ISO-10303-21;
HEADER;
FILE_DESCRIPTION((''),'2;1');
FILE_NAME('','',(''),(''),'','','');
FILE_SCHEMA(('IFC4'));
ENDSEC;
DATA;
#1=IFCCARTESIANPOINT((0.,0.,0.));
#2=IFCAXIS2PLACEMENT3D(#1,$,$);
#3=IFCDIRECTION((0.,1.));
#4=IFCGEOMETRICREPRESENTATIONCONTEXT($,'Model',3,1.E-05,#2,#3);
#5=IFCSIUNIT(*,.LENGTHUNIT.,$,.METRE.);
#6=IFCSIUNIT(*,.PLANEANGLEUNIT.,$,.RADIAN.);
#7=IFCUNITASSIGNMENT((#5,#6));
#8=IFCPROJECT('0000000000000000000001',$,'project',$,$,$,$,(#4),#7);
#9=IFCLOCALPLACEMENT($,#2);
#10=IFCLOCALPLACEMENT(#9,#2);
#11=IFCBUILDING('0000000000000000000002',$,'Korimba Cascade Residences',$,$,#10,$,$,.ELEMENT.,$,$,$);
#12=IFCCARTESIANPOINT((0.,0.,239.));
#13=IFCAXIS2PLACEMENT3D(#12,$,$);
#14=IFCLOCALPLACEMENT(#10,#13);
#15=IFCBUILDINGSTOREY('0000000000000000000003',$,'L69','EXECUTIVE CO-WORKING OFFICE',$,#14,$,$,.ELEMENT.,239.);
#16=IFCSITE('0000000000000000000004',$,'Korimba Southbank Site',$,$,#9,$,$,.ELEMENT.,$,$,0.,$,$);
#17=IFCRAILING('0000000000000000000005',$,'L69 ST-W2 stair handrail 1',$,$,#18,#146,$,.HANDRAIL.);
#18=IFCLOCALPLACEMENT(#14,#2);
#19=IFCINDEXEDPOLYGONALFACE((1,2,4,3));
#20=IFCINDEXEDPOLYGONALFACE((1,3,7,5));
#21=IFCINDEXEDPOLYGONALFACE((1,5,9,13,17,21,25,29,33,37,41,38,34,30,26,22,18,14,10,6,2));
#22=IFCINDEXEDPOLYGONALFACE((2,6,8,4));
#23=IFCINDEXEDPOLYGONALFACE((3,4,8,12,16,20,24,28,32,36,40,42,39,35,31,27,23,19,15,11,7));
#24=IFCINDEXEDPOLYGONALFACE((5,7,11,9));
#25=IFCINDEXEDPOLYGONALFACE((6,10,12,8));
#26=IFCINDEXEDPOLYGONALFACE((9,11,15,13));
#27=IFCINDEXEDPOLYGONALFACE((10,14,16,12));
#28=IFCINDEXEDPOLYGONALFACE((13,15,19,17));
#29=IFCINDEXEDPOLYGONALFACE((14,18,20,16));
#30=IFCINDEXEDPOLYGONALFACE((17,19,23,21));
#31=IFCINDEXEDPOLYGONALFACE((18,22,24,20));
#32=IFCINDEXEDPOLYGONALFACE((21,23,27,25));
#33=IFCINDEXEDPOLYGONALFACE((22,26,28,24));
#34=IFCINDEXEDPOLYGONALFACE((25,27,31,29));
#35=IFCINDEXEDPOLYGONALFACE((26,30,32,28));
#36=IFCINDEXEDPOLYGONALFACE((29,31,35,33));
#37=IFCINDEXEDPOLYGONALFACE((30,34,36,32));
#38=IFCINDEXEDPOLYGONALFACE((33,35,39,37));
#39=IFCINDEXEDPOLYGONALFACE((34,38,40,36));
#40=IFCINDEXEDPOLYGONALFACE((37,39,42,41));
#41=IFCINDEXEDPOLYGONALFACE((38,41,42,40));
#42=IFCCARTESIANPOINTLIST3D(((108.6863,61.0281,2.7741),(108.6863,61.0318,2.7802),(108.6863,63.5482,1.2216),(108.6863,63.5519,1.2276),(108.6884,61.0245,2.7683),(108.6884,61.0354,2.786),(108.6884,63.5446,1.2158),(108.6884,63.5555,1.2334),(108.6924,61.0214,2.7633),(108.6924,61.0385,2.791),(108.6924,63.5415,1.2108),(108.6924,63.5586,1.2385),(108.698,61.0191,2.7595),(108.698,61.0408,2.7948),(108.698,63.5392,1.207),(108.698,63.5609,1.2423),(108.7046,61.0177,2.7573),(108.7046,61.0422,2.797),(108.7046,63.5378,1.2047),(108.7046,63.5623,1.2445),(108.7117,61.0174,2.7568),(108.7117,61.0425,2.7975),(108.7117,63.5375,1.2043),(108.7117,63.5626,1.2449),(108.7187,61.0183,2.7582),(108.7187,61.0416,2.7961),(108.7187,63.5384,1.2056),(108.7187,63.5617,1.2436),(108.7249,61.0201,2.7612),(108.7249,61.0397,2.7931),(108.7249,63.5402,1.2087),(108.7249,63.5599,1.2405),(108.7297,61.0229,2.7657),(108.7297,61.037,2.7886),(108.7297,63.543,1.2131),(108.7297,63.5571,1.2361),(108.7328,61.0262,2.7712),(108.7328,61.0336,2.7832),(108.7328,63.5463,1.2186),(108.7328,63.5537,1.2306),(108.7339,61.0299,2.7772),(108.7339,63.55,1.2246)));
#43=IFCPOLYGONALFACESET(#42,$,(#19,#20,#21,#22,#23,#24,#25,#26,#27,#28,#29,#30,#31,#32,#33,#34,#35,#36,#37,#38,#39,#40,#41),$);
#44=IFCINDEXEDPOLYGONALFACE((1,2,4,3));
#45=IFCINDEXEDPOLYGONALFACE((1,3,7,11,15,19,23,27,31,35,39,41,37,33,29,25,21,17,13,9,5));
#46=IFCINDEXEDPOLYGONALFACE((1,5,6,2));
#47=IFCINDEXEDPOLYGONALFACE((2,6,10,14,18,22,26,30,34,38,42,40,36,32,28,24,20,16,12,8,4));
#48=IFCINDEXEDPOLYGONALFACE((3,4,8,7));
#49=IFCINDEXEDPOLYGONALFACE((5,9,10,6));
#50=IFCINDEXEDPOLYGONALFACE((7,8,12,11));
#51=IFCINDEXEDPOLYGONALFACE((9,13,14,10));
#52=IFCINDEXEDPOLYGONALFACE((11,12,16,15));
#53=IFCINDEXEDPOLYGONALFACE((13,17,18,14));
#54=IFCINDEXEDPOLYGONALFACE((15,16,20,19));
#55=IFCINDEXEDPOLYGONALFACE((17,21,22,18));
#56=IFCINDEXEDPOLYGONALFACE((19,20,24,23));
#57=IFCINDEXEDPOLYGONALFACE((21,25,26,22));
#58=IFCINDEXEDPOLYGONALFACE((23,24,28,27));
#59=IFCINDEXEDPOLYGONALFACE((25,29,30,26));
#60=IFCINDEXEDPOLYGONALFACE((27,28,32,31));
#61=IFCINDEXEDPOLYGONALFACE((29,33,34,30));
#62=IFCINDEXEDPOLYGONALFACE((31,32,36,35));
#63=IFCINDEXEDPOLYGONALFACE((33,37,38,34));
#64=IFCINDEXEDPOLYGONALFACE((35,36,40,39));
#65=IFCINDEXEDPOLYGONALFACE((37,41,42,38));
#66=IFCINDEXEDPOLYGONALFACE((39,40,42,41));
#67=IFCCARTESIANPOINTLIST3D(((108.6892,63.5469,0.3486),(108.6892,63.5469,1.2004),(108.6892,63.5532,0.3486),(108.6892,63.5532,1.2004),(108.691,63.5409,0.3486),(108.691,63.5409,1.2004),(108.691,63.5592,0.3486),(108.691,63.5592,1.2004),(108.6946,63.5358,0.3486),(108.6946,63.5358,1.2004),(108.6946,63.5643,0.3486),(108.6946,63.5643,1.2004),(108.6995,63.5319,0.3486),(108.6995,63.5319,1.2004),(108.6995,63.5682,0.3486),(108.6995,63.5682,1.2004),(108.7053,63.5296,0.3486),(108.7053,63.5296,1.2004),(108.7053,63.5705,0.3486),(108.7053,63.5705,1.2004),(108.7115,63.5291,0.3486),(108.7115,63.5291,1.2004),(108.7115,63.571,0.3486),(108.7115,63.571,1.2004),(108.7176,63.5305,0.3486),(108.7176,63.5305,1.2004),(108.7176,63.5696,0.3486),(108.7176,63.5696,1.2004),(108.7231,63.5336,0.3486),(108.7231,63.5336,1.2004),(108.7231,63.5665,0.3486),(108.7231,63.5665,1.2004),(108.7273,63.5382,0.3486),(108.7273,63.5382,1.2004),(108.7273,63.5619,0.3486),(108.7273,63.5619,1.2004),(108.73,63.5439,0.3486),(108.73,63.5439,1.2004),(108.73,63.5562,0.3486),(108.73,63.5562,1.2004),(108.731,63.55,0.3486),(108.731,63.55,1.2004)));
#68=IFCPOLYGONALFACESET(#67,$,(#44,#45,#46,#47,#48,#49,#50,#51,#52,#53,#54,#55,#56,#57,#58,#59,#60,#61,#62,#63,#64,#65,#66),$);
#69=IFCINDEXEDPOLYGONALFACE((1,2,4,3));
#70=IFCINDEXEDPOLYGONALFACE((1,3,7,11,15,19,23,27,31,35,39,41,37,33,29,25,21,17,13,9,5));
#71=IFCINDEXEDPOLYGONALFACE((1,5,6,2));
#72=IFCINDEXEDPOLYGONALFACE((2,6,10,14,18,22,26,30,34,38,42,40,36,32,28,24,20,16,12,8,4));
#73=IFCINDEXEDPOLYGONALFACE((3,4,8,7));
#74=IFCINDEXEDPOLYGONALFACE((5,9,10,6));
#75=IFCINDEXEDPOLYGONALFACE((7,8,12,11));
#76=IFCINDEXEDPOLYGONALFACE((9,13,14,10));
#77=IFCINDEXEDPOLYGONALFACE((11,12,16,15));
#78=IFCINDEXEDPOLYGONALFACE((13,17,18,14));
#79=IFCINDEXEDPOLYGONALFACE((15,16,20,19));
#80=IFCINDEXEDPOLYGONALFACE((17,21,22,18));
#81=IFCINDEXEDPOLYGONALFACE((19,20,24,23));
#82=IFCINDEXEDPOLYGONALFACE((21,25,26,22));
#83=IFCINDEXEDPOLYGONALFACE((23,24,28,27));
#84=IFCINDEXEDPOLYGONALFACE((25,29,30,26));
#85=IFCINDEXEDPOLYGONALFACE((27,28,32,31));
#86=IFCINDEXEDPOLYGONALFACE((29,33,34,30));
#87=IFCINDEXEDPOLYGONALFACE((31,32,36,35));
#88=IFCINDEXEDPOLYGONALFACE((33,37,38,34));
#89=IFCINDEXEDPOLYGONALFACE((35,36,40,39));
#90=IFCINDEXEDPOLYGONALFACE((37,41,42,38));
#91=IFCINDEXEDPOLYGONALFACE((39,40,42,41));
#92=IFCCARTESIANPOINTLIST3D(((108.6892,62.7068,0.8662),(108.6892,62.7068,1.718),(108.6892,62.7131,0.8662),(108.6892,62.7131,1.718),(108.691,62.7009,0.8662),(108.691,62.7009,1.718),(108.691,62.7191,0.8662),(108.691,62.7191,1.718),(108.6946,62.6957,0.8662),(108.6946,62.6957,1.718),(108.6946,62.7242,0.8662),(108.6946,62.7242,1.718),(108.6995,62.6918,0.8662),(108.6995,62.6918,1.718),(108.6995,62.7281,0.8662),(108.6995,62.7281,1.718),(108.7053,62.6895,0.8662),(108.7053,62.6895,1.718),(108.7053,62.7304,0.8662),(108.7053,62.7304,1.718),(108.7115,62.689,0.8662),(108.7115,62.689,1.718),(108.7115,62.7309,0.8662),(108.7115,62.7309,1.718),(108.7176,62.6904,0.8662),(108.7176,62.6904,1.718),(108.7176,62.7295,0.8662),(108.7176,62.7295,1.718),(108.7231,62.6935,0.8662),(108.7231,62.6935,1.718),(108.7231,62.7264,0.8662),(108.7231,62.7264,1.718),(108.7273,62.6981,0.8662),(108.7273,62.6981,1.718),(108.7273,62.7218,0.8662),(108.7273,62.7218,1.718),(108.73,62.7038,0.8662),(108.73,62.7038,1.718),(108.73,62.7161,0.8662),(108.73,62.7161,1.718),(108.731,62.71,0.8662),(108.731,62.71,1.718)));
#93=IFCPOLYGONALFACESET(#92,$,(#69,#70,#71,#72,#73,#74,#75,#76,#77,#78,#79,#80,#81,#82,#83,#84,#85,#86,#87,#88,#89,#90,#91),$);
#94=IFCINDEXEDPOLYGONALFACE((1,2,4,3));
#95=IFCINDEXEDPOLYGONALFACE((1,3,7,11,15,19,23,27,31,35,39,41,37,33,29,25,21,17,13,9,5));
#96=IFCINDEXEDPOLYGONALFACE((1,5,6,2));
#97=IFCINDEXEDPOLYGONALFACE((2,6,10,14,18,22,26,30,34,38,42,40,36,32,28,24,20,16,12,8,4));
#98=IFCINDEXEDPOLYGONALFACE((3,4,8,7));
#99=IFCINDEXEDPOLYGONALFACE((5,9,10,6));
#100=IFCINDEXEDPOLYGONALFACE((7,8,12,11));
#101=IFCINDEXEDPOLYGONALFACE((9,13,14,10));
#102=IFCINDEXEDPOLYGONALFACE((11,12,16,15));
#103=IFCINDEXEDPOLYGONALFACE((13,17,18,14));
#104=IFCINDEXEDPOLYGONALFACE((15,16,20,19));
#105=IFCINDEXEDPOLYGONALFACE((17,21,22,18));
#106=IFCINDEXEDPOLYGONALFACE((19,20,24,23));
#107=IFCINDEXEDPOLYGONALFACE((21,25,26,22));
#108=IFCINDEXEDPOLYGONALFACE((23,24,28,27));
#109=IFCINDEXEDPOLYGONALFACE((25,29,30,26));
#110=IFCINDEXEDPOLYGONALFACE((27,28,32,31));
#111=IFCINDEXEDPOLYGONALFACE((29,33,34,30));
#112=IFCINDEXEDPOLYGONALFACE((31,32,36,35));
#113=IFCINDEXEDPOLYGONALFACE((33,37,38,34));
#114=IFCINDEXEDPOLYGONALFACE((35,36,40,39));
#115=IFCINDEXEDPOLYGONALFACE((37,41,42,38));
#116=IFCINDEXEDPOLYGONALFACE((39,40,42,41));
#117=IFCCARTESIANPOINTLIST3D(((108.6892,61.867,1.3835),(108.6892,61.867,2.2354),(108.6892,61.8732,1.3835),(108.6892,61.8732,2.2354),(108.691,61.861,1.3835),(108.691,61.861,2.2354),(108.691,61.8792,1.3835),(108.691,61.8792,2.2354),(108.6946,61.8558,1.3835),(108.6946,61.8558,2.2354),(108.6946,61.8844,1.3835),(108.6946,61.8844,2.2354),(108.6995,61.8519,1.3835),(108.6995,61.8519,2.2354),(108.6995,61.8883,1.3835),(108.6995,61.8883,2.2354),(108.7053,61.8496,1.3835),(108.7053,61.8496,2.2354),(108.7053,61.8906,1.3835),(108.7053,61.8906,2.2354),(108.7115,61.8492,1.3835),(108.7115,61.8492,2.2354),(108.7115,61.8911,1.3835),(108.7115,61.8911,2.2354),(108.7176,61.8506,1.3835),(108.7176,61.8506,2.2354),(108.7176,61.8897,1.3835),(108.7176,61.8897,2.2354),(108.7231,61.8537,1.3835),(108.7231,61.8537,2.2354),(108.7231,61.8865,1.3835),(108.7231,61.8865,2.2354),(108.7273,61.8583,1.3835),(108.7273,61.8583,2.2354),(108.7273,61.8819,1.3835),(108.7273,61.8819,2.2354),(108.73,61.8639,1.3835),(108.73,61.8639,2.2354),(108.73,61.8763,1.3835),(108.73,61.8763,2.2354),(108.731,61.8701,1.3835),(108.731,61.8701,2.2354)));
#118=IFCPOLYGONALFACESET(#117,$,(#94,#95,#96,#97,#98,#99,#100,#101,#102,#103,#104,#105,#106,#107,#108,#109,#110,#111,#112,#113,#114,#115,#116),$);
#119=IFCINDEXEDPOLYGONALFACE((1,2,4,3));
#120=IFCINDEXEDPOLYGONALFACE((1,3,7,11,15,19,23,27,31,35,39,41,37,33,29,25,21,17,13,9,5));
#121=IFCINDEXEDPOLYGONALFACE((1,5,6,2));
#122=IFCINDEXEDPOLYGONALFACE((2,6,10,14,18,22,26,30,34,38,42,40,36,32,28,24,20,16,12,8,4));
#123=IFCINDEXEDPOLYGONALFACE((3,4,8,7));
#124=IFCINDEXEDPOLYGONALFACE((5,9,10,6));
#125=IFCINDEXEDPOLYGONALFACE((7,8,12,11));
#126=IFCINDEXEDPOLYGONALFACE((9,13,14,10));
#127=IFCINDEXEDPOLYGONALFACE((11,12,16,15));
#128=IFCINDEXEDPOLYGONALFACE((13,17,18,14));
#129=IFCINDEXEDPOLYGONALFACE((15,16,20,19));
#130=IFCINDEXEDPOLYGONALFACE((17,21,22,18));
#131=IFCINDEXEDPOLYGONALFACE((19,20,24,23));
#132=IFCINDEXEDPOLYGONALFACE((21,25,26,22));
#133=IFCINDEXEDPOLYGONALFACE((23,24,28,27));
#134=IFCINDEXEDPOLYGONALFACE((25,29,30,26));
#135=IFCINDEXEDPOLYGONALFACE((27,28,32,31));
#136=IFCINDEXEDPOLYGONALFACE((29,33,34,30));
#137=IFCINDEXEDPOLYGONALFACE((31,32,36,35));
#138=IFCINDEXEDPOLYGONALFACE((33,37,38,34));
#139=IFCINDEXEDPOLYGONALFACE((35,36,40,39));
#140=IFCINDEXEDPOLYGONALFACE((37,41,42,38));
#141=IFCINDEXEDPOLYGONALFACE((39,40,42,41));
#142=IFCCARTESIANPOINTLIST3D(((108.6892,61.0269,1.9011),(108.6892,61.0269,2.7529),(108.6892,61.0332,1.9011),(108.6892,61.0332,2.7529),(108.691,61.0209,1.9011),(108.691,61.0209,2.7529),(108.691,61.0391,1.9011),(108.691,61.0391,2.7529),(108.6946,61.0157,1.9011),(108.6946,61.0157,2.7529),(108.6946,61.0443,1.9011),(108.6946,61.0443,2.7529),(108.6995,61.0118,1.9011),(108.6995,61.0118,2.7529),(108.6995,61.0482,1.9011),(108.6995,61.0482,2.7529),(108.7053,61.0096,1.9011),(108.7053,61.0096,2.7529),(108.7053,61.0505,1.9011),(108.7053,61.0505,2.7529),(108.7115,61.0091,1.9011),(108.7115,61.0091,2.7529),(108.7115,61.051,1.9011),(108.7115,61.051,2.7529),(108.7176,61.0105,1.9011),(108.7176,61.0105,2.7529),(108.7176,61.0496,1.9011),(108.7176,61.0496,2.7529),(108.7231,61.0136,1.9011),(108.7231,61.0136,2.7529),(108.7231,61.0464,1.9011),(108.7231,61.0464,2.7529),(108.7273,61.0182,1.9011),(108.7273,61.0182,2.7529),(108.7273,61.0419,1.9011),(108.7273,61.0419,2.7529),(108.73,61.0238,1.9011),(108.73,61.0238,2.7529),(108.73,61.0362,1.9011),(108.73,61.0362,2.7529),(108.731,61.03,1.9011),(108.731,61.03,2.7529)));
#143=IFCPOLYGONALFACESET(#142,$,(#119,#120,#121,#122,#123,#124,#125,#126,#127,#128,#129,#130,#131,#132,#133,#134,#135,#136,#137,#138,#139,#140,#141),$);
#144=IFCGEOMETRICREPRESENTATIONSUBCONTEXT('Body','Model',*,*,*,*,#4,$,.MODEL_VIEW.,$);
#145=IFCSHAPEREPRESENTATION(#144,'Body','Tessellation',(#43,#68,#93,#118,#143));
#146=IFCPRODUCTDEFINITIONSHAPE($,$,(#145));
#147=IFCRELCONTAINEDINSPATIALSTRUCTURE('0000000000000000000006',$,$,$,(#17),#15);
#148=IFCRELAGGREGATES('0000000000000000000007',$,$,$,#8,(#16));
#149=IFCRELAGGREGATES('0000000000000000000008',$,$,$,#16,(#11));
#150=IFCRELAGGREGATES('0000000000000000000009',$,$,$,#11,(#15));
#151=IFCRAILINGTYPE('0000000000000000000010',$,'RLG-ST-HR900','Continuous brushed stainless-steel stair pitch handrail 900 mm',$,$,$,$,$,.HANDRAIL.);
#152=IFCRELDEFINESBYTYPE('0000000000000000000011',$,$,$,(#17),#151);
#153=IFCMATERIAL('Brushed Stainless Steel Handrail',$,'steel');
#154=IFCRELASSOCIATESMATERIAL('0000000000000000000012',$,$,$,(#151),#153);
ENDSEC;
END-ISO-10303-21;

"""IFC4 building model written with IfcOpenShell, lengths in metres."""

from ifc_helpers import new_model, si_unit, direction, frame, origin, origin_2d, place, context, subcontext, project, spatial, circle, extrude, material, type_object, element, save


model = new_model("IFC4")

# Units and contexts
model_context = context("Model", 3, precision=1e-05, world=origin(), true_north=direction((0.0, 1.0)))
body_context = subcontext(model_context, "Body", "Model", "MODEL_VIEW")
ifc_project = project(units=[si_unit("LENGTHUNIT", "METRE"), si_unit("PLANEANGLEUNIT", "RADIAN")], contexts=[model_context])

# Site, building, storey
site_placement = place(None, origin())
site = spatial("IfcSite", under=ifc_project, at=site_placement, Name="Korimba Southbank Site", CompositionType="ELEMENT", RefElevation=0.0)
building_placement = place(site_placement, origin())
building = spatial("IfcBuilding", under=site, at=building_placement, Name="Korimba Cascade Residences", CompositionType="ELEMENT")
storey_placement = place(building_placement, frame((0.0, 0.0, 239.0)))
storey = spatial("IfcBuildingStorey", under=building, at=storey_placement, Name="L69", Description="EXECUTIVE CO-WORKING OFFICE", CompositionType="ELEMENT", Elevation=239.0)

# Railing
ifc_material_1 = material(Name="Brushed Stainless Steel Handrail", Category="steel")
railing_type_1 = type_object("IfcRailingType", Name="RLG-ST-HR900", Description="Continuous brushed stainless-steel stair pitch handrail 900 mm", PredefinedType="HANDRAIL", material=ifc_material_1)
railing_1_placement = place(storey_placement, frame((108.71, 63.55, 0.3486)))
element("IfcRailing", 1, at=railing_1_placement, inside=storey, type_object=railing_type_1, Name="L69 ST-W2 stair handrail 1", PredefinedType="HANDRAIL", context=body_context, shape_type="SweptSolid", body=[
    extrude(circle(Radius=0.0239, at=origin_2d()), frame((0.0, 0.0, 0.876), z_axis=(0.0, -0.8514, 0.524516), x_axis=(1.0, 0.0, 0.0)), (0.0, 0.0, 1.0), 2.96),
    extrude(circle(Radius=0.021, at=origin_2d()), origin(), (0.0, 0.0, 1.0), 0.8518),
    extrude(circle(Radius=0.021, at=origin_2d()), frame((0.0, -0.8401, 0.5176)), (0.0, 0.0, 1.0), 0.8518),
    extrude(circle(Radius=0.021, at=origin_2d()), frame((0.0, -1.6799, 1.0349)), (0.0, 0.0, 1.0), 0.8518),
    extrude(circle(Radius=0.021, at=origin_2d()), frame((0.0, -2.52, 1.5525)), (0.0, 0.0, 1.0), 0.8518),
])

save(model, "model.ifc")
